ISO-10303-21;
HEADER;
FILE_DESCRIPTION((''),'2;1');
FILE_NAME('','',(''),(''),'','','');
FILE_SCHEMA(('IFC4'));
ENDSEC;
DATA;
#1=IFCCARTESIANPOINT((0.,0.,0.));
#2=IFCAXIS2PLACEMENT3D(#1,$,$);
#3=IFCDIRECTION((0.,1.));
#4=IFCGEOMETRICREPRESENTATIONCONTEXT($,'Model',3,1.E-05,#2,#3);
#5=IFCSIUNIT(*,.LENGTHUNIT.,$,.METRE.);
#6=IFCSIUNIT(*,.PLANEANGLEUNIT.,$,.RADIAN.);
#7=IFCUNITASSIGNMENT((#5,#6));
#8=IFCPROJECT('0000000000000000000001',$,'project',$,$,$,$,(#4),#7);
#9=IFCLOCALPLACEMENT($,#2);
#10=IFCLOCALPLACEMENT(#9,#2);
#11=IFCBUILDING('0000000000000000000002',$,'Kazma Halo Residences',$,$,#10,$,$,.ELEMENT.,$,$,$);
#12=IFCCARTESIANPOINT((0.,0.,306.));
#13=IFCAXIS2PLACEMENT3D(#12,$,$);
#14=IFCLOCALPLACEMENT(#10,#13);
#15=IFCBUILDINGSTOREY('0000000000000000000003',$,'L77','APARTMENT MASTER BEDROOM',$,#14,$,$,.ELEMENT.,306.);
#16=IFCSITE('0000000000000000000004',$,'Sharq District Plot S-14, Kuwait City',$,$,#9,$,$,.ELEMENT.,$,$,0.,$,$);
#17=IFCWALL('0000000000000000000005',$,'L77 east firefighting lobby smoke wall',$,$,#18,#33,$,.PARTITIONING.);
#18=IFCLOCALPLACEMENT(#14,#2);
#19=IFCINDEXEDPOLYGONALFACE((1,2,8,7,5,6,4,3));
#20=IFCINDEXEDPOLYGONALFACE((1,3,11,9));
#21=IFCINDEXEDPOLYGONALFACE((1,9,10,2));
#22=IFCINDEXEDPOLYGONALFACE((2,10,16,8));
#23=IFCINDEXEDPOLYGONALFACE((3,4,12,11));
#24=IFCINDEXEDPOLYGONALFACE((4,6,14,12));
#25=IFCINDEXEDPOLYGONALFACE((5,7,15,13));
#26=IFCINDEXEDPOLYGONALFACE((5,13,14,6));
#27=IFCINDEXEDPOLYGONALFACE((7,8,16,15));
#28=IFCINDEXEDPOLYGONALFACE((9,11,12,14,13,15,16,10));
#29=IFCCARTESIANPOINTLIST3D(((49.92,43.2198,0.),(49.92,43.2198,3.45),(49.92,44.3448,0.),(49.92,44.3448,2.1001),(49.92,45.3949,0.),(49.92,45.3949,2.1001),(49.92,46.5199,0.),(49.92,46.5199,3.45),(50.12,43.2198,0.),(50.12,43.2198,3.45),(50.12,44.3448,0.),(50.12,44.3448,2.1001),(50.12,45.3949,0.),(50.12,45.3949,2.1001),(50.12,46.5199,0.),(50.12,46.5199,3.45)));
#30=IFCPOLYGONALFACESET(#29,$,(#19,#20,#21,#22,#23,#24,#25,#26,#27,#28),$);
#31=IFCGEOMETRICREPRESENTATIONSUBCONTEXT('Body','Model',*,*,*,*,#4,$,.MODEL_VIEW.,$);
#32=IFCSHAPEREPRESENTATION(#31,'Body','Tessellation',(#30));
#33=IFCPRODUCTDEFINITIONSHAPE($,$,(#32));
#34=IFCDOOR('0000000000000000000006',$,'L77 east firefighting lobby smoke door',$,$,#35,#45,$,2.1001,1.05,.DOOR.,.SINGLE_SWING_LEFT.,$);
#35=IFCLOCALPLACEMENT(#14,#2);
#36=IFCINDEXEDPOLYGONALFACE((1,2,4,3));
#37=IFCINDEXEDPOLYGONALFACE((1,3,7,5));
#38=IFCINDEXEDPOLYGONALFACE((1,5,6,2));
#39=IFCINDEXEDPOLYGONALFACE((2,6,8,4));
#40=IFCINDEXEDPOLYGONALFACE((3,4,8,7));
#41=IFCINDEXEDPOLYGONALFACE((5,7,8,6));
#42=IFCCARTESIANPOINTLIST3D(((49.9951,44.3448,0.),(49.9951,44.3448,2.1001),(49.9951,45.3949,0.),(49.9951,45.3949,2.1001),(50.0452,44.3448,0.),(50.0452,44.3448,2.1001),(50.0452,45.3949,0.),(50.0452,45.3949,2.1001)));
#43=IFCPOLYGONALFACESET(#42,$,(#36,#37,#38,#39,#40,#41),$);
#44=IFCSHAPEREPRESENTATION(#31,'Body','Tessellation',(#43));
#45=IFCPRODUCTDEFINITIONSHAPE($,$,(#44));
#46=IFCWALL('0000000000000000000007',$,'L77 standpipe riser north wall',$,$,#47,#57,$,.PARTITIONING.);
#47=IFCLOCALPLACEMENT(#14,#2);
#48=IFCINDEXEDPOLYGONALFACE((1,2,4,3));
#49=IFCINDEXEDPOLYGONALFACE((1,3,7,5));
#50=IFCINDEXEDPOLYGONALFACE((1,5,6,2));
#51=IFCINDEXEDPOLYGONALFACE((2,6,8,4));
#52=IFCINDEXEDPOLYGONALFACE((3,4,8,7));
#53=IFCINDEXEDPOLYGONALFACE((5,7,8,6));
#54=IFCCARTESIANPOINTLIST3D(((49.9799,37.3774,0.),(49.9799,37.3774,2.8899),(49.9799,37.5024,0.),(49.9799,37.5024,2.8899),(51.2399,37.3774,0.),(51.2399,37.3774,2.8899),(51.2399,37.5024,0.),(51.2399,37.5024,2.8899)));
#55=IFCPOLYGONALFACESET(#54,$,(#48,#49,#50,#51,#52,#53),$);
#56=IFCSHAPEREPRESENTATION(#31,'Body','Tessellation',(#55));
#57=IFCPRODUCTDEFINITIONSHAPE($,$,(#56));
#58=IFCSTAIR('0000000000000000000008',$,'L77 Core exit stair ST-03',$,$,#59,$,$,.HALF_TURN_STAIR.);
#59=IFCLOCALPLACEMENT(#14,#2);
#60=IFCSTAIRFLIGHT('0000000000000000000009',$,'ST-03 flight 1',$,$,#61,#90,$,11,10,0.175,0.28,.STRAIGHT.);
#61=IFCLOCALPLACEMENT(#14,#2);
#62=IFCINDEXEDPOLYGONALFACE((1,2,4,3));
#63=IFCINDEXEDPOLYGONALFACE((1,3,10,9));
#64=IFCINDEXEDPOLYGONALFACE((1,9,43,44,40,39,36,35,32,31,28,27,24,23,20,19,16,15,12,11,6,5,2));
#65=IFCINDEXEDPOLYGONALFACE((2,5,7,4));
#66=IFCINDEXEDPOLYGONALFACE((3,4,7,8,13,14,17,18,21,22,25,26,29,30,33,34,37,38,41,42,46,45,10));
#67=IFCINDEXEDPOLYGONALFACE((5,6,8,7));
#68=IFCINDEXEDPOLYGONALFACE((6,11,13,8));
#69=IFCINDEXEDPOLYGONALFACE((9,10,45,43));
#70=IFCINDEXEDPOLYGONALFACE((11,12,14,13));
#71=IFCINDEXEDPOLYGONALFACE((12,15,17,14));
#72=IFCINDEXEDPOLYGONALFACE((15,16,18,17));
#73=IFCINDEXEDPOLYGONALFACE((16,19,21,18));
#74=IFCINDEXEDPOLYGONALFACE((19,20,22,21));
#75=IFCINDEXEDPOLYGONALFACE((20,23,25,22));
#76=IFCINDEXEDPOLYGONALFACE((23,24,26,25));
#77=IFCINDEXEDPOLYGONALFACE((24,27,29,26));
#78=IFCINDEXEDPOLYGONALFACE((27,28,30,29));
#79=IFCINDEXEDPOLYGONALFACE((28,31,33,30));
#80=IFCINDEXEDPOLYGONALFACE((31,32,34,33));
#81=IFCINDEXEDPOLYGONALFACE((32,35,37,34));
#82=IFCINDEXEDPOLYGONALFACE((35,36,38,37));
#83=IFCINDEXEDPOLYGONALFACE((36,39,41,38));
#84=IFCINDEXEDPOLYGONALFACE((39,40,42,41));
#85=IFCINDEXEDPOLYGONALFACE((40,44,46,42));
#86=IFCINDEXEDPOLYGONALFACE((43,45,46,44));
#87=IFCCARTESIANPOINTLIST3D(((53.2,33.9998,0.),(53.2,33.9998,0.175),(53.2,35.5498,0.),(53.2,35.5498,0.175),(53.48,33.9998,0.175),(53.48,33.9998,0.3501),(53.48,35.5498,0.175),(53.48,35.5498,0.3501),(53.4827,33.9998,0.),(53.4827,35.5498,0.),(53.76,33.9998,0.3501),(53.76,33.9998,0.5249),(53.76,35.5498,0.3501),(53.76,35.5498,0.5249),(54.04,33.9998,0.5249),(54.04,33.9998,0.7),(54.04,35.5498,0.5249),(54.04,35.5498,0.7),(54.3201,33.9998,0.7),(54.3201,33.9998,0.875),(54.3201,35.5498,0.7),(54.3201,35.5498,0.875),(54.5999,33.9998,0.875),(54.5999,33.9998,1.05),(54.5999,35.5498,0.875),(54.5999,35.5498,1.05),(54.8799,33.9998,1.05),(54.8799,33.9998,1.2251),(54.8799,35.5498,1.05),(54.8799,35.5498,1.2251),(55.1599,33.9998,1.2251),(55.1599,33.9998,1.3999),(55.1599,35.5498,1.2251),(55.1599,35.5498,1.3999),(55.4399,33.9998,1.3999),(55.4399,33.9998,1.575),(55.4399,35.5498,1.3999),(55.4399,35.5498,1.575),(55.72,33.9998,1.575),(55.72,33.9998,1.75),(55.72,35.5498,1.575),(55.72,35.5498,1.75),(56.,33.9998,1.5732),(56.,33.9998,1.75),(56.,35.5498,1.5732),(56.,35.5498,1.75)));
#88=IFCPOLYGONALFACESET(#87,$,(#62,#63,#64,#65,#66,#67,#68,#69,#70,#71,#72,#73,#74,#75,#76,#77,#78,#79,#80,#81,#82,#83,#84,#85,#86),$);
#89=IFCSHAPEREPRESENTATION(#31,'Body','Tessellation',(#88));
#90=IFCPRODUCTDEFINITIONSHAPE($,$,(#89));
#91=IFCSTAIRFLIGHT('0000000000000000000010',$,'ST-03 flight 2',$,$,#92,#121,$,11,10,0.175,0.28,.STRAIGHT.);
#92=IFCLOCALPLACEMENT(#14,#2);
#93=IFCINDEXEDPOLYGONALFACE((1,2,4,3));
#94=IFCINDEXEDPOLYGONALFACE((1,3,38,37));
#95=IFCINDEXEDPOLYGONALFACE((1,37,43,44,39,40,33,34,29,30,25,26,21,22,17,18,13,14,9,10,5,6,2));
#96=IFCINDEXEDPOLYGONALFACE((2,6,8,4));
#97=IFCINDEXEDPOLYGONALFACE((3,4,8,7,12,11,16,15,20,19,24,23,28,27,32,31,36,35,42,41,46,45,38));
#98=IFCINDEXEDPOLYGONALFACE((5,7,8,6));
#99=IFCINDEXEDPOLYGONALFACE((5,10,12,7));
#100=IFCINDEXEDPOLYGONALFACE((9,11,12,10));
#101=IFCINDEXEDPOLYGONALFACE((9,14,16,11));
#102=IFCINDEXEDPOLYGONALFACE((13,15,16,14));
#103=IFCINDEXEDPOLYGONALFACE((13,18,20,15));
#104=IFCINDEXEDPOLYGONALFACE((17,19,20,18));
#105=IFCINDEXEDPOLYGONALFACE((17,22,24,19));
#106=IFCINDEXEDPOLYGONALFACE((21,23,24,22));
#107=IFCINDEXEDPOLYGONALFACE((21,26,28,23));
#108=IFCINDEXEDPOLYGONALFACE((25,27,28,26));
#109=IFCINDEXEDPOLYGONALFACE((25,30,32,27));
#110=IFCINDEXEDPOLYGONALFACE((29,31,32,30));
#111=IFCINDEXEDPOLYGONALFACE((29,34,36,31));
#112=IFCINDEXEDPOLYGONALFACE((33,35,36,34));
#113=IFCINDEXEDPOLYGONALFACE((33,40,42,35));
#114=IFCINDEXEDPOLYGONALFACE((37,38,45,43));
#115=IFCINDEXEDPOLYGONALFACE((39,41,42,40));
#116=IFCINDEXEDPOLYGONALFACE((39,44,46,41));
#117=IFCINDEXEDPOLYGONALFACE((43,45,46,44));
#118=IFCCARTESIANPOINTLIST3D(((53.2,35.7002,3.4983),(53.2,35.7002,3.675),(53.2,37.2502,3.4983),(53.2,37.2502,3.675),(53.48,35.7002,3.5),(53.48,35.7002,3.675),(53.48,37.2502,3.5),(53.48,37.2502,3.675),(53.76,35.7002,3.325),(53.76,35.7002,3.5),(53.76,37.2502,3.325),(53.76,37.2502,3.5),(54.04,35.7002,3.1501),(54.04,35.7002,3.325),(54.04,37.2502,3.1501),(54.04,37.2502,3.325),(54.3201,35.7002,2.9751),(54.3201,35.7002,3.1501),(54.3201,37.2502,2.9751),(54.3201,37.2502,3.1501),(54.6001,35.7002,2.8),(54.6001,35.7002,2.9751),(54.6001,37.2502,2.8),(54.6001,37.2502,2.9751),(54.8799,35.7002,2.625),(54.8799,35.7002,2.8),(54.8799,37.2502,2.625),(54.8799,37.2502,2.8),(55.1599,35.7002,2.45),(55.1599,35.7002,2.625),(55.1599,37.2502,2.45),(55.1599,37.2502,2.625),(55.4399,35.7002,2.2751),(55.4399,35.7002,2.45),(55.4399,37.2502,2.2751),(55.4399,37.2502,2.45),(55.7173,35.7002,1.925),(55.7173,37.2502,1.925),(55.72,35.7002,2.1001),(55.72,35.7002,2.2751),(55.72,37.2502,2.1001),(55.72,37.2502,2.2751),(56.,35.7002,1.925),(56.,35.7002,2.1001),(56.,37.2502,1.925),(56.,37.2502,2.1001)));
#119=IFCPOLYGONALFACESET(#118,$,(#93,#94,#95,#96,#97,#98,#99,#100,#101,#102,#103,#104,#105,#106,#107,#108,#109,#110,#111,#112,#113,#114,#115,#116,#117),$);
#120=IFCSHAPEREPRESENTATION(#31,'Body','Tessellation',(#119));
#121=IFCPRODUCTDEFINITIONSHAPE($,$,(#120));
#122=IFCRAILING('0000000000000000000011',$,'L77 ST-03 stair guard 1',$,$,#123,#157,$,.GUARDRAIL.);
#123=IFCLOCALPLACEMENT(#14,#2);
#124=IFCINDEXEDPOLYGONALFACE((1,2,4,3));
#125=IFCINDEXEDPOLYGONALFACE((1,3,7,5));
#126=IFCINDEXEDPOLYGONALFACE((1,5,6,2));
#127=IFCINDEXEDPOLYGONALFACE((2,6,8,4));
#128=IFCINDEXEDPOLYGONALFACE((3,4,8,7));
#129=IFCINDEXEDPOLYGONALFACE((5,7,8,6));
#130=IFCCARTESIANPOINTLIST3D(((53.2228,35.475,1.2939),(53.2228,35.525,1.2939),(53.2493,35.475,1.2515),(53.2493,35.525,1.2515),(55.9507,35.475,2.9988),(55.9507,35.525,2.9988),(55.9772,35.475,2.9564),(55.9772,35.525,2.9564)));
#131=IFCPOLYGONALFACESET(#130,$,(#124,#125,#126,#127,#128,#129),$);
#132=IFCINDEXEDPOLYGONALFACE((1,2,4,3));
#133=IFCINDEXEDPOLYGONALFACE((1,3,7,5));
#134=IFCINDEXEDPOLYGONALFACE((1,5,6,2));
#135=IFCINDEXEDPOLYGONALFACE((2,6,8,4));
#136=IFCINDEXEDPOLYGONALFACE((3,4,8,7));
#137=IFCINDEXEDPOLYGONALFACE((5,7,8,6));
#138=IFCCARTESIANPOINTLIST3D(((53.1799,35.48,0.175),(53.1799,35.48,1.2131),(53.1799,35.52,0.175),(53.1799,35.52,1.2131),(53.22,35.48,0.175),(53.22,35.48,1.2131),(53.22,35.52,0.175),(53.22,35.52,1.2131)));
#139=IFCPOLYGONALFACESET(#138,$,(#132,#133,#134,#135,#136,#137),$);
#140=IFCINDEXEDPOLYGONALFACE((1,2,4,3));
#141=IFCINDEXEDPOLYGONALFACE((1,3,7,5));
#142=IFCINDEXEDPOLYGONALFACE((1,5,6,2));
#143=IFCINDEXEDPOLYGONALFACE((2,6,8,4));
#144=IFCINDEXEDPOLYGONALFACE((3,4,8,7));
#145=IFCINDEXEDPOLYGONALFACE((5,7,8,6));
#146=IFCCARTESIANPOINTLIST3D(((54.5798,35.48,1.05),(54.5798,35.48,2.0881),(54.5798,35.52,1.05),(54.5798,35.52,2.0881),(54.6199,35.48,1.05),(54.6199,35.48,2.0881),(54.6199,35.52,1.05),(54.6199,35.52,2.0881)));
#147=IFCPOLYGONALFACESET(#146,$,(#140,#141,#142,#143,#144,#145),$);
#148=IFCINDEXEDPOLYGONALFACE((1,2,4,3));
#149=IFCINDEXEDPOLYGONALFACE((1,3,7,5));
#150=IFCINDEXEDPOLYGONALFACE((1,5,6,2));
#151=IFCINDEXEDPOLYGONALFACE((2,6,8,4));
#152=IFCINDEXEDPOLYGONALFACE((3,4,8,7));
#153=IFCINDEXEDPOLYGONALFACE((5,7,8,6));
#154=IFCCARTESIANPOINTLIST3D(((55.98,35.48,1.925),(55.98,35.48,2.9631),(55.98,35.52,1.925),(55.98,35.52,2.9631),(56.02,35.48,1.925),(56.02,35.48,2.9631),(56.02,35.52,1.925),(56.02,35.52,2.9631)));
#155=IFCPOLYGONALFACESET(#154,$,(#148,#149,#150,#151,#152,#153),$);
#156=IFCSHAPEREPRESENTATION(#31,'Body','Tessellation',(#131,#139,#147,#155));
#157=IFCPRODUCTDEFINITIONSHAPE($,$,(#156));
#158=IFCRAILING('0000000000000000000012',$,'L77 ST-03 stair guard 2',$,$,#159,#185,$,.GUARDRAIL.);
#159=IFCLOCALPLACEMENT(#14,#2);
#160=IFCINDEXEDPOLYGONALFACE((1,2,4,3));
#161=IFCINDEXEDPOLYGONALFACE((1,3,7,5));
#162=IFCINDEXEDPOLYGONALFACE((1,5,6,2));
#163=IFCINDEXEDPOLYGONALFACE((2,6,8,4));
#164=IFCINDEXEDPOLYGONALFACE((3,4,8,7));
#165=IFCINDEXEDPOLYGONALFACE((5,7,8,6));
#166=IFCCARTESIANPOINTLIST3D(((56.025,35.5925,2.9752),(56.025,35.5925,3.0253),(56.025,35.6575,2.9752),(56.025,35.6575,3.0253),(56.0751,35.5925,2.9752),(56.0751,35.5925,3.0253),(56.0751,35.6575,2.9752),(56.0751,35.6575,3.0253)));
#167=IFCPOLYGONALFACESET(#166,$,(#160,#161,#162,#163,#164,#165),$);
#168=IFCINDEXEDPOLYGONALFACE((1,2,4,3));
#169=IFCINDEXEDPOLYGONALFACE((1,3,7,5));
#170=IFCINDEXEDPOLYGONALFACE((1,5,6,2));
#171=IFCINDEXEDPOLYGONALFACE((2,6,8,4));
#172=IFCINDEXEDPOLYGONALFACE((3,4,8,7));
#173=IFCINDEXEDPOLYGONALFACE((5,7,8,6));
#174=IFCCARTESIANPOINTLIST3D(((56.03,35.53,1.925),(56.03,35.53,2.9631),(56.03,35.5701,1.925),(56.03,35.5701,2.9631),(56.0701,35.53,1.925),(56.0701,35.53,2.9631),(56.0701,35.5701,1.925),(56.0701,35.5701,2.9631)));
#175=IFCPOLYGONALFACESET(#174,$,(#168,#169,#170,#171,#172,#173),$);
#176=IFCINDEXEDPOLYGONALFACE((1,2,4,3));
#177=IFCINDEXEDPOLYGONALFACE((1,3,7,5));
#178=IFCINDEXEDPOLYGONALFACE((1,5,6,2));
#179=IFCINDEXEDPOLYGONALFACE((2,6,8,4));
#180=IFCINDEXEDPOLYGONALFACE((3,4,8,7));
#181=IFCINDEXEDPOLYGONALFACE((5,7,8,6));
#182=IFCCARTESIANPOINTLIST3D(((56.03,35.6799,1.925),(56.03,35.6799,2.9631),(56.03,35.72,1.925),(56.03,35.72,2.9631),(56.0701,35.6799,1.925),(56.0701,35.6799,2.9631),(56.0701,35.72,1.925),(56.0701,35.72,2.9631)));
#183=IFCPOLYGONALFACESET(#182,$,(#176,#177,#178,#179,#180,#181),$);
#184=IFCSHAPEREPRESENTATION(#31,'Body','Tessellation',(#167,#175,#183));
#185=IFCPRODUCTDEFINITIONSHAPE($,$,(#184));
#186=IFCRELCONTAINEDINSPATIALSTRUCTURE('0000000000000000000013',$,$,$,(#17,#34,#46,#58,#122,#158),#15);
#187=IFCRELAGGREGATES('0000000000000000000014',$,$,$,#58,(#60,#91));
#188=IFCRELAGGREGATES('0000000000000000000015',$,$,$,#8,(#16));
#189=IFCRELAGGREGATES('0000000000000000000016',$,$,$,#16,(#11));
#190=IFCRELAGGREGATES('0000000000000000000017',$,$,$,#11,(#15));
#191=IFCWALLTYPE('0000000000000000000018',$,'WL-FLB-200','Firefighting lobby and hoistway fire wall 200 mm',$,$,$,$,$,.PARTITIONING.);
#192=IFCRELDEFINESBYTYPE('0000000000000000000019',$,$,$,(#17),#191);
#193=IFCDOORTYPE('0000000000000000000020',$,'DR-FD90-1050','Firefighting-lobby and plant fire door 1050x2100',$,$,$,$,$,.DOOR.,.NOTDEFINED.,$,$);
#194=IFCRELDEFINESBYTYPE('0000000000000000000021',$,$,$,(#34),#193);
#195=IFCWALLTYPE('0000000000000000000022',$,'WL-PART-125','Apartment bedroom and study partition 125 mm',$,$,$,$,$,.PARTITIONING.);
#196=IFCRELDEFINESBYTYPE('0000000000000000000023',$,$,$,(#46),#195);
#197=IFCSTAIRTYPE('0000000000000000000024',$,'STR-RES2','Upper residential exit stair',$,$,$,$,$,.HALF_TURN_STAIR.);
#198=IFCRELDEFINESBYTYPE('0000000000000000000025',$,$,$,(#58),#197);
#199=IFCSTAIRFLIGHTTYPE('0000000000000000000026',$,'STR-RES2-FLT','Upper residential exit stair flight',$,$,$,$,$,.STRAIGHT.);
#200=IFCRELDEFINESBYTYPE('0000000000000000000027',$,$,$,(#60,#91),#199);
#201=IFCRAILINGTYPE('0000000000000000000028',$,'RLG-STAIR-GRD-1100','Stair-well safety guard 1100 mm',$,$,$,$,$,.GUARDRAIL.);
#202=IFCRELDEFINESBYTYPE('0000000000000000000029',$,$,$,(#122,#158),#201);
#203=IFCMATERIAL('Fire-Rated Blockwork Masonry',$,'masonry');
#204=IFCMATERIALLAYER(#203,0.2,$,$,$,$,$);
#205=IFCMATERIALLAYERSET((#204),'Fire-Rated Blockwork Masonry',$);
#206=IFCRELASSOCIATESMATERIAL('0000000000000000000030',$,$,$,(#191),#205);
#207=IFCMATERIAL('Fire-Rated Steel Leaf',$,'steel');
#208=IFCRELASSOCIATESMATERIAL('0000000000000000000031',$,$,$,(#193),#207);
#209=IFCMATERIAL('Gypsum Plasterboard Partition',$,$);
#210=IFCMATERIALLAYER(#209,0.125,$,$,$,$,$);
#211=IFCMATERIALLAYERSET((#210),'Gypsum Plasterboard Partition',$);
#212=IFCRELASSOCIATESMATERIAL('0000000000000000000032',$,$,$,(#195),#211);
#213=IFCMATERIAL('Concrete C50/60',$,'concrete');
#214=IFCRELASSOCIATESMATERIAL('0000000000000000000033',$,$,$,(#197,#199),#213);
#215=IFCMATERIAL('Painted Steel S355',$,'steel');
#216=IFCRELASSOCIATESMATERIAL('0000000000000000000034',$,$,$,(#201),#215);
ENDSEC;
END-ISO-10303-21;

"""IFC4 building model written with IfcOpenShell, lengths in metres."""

from ifc_helpers import new_model, si_unit, direction, frame, frame_2d, origin, origin_2d, place, context, subcontext, project, spatial, polyline, rectangle, outline, extrude, material, layer, layer_set, type_object, element, fill, aggregate, save


model = new_model("IFC4")

# Units and contexts
model_context = context("Model", 3, precision=1e-05, world=origin(), true_north=direction((0.0, 1.0)))
body_context = subcontext(model_context, "Body", "Model", "MODEL_VIEW")
ifc_project = project(units=[si_unit("LENGTHUNIT", "METRE"), si_unit("PLANEANGLEUNIT", "RADIAN")], contexts=[model_context])

# Site, building, storey
site_placement = place(None, origin())
site = spatial("IfcSite", under=ifc_project, at=site_placement, Name="Sharq District Plot S-14, Kuwait City", CompositionType="ELEMENT", RefElevation=0.0)
building_placement = place(site_placement, origin())
building = spatial("IfcBuilding", under=site, at=building_placement, Name="Kazma Halo Residences", CompositionType="ELEMENT")
storey_placement = place(building_placement, frame((0.0, 0.0, 306.0)))
storey = spatial("IfcBuildingStorey", under=building, at=storey_placement, Name="L77", Description="APARTMENT MASTER BEDROOM", CompositionType="ELEMENT", Elevation=306.0)

# Shared definitions
ifc_material_1 = material(Name="Fire-Rated Blockwork Masonry", Category="masonry")
ifc_layer_1 = layer(ifc_material_1, 0.2)
ifc_layer_set_1 = layer_set([ifc_layer_1], Name="Fire-Rated Blockwork Masonry")
wall_type_1 = type_object("IfcWallType", Name="WL-FLB-200", Description="Firefighting lobby and hoistway fire wall 200 mm", PredefinedType="PARTITIONING", material=ifc_layer_set_1)

# Wall, opening, door
wall_1_placement = place(storey_placement, frame((50.02, 43.22, 0.0), z_axis=(0.0, 0.0, 1.0), x_axis=(0.0, 1.0, 0.0)))
wall_1 = element("IfcWall", 1, at=wall_1_placement, inside=storey, type_object=wall_type_1, Name="L77 east firefighting lobby smoke wall", PredefinedType="PARTITIONING", context=body_context, shape_type="SweptSolid", body=[
    extrude(rectangle(XDim=3.3, YDim=0.2, at=frame_2d((1.6499, 0.0))), origin(), (0.0, 0.0, 1.0), 3.45),
])
opening_1_placement = place(wall_1_placement, frame((1.125, 0.0, 0.0)))
opening_1 = element("IfcOpeningElement", 2, at=opening_1_placement, cuts=wall_1, PredefinedType="OPENING", context=body_context, shape_type="SweptSolid", body=[
    extrude(rectangle(XDim=1.05, YDim=2.1001, at=frame_2d((0.5249, 1.05))), frame((0.0, 0.1099, 0.0), z_axis=(0.0, -1.0, 0.0), x_axis=(1.0, 0.0, 0.0)), (0.0, 0.0, 1.0), 0.22),
])
ifc_material_2 = material(Name="Fire-Rated Steel Leaf", Category="steel")
door_type_1 = type_object("IfcDoorType", Name="DR-FD90-1050", Description="Firefighting-lobby and plant fire door 1050x2100", OperationType="NOTDEFINED", PredefinedType="DOOR", material=ifc_material_2)
door_1_placement = place(opening_1_placement, origin())
door_1 = element("IfcDoor", 3, at=door_1_placement, inside=storey, type_object=door_type_1, Name="L77 east firefighting lobby smoke door", OperationType="SINGLE_SWING_LEFT", OverallHeight=2.1001, OverallWidth=1.05, PredefinedType="DOOR", context=body_context, shape_type="SweptSolid", body=[
    extrude(rectangle(XDim=1.05, YDim=2.1001, at=frame_2d((0.5249, 1.05))), frame((0.0, 0.0249, 0.0), z_axis=(0.0, -1.0, 0.0), x_axis=(1.0, 0.0, 0.0)), (0.0, 0.0, 1.0), 0.05),
])
fill(opening_1, door_1)

# Wall
ifc_material_3 = material(Name="Gypsum Plasterboard Partition")
ifc_layer_2 = layer(ifc_material_3, 0.125)
ifc_layer_set_2 = layer_set([ifc_layer_2], Name="Gypsum Plasterboard Partition")
wall_type_2 = type_object("IfcWallType", Name="WL-PART-125", Description="Apartment bedroom and study partition 125 mm", PredefinedType="PARTITIONING", material=ifc_layer_set_2)
wall_2_placement = place(storey_placement, frame((49.98, 37.4399, 0.0), z_axis=(0.0, 0.0, 1.0), x_axis=(1.0, 0.0, 0.0)))
element("IfcWall", 4, at=wall_2_placement, inside=storey, type_object=wall_type_2, Name="L77 standpipe riser north wall", PredefinedType="PARTITIONING", context=body_context, shape_type="SweptSolid", body=[
    extrude(rectangle(XDim=1.26, YDim=0.125, at=frame_2d((0.6299, 0.0))), origin(), (0.0, 0.0, 1.0), 2.8899),
])

# Shared definitions
ifc_material_4 = material(Name="Concrete C50/60", Category="concrete")

# Stair, stair flights
stair_type = type_object("IfcStairType", Name="STR-RES2", Description="Upper residential exit stair", PredefinedType="HALF_TURN_STAIR", material=ifc_material_4)
stair_placement = place(storey_placement, origin())
stair = element("IfcStair", 5, at=stair_placement, inside=storey, type_object=stair_type, Name="L77 Core exit stair ST-03", PredefinedType="HALF_TURN_STAIR")
stair_flight_type = type_object("IfcStairFlightType", Name="STR-RES2-FLT", Description="Upper residential exit stair flight", PredefinedType="STRAIGHT", material=ifc_material_4)
stair_flight_1_placement = place(storey_placement, frame((53.2, 34.7749, 0.0), z_axis=(0.0, 0.0, 1.0), x_axis=(1.0, 0.0, 0.0)))
stair_flight_1 = element("IfcStairFlight", 6, at=stair_flight_1_placement, type_object=stair_flight_type, Name="ST-03 flight 1", NumberOfRisers=11, NumberOfTreads=10, PredefinedType="STRAIGHT", RiserHeight=0.175, TreadLength=0.28, context=body_context, shape_type="SweptSolid", body=[
    extrude(outline(polyline([(0.0, 0.0), (0.0, 0.175), (0.28, 0.175), (0.28, 0.3501), (0.5601, 0.3501), (0.5601, 0.5249), (0.8401, 0.5249), (0.8401, 0.7), (1.1201, 0.7), (1.1201, 0.875), (1.3999, 0.875), (1.3999, 1.05), (1.6799, 1.05), (1.6799, 1.2251), (1.96, 1.2251), (1.96, 1.3999), (2.24, 1.3999), (2.24, 1.575), (2.52, 1.575), (2.52, 1.75), (2.8, 1.75), (2.8, 1.925), (2.8, 1.5732), (0.2827, 0.0), (0.0, 0.0)])), frame((0.0, 0.7749, 0.0), z_axis=(0.0, -1.0, 0.0), x_axis=(1.0, 0.0, 0.0)), (0.0, 0.0, 1.0), 1.55),
])
stair_flight_2_placement = place(storey_placement, frame((56.0, 36.4751, 1.925), z_axis=(0.0, 0.0, 1.0), x_axis=(-1.0, 0.0, 0.0)))
stair_flight_2 = element("IfcStairFlight", 7, at=stair_flight_2_placement, type_object=stair_flight_type, Name="ST-03 flight 2", NumberOfRisers=11, NumberOfTreads=10, PredefinedType="STRAIGHT", RiserHeight=0.175, TreadLength=0.28, context=body_context, shape_type="SweptSolid", body=[
    extrude(outline(polyline([(0.0, 0.0), (0.0, 0.175), (0.28, 0.175), (0.28, 0.3501), (0.5601, 0.3501), (0.5601, 0.5249), (0.8401, 0.5249), (0.8401, 0.7), (1.1201, 0.7), (1.1201, 0.875), (1.3999, 0.875), (1.3999, 1.05), (1.6799, 1.05), (1.6799, 1.2251), (1.96, 1.2251), (1.96, 1.3999), (2.24, 1.3999), (2.24, 1.575), (2.52, 1.575), (2.52, 1.75), (2.8, 1.75), (2.8, 1.925), (2.8, 1.5732), (0.2827, 0.0), (0.0, 0.0)])), frame((0.0, 0.7749, 0.0), z_axis=(0.0, -1.0, 0.0), x_axis=(1.0, 0.0, 0.0)), (0.0, 0.0, 1.0), 1.55),
])
aggregate(stair, [stair_flight_1, stair_flight_2])

# Railings
ifc_material_5 = material(Name="Painted Steel S355", Category="steel")
railing_type_1 = type_object("IfcRailingType", Name="RLG-STAIR-GRD-1100", Description="Stair-well safety guard 1100 mm", PredefinedType="GUARDRAIL", material=ifc_material_5)
railing_1_placement = place(storey_placement, frame((53.2, 35.5, 0.175)))
element("IfcRailing", 8, at=railing_1_placement, inside=storey, type_object=railing_type_1, Name="L77 ST-03 stair guard 1", PredefinedType="GUARDRAIL", context=body_context, shape_type="SweptSolid", body=[
    extrude(rectangle(XDim=0.05, YDim=0.05, at=origin_2d()), frame((0.0361, 0.0, 1.0977), z_axis=(0.848002, 0.0, 0.529992), x_axis=(0.0, 1.0, 0.0)), (0.0, 0.0, 1.0), 3.2168),
    extrude(rectangle(XDim=0.04, YDim=0.04, at=origin_2d()), origin(), (0.0, 0.0, 1.0), 1.0381),
    extrude(rectangle(XDim=0.04, YDim=0.04, at=origin_2d()), frame((1.3999, 0.0, 0.875)), (0.0, 0.0, 1.0), 1.0381),
    extrude(rectangle(XDim=0.04, YDim=0.04, at=origin_2d()), frame((2.8, 0.0, 1.75)), (0.0, 0.0, 1.0), 1.0381),
])
railing_2_placement = place(storey_placement, frame((56.05, 35.55, 1.925)))
element("IfcRailing", 9, at=railing_2_placement, inside=storey, type_object=railing_type_1, Name="L77 ST-03 stair guard 2", PredefinedType="GUARDRAIL", context=body_context, shape_type="SweptSolid", body=[
    extrude(rectangle(XDim=0.05, YDim=0.05, at=origin_2d()), frame((0.0, 0.0425, 1.0752), z_axis=(0.0, 1.0, 0.0), x_axis=(-1.0, 0.0, 0.0)), (0.0, 0.0, 1.0), 0.0649),
    extrude(rectangle(XDim=0.04, YDim=0.04, at=origin_2d()), origin(), (0.0, 0.0, 1.0), 1.0381),
    extrude(rectangle(XDim=0.04, YDim=0.04, at=origin_2d()), frame((0.0, 0.1499, 0.0)), (0.0, 0.0, 1.0), 1.0381),
])

save(model, "model.ifc")
